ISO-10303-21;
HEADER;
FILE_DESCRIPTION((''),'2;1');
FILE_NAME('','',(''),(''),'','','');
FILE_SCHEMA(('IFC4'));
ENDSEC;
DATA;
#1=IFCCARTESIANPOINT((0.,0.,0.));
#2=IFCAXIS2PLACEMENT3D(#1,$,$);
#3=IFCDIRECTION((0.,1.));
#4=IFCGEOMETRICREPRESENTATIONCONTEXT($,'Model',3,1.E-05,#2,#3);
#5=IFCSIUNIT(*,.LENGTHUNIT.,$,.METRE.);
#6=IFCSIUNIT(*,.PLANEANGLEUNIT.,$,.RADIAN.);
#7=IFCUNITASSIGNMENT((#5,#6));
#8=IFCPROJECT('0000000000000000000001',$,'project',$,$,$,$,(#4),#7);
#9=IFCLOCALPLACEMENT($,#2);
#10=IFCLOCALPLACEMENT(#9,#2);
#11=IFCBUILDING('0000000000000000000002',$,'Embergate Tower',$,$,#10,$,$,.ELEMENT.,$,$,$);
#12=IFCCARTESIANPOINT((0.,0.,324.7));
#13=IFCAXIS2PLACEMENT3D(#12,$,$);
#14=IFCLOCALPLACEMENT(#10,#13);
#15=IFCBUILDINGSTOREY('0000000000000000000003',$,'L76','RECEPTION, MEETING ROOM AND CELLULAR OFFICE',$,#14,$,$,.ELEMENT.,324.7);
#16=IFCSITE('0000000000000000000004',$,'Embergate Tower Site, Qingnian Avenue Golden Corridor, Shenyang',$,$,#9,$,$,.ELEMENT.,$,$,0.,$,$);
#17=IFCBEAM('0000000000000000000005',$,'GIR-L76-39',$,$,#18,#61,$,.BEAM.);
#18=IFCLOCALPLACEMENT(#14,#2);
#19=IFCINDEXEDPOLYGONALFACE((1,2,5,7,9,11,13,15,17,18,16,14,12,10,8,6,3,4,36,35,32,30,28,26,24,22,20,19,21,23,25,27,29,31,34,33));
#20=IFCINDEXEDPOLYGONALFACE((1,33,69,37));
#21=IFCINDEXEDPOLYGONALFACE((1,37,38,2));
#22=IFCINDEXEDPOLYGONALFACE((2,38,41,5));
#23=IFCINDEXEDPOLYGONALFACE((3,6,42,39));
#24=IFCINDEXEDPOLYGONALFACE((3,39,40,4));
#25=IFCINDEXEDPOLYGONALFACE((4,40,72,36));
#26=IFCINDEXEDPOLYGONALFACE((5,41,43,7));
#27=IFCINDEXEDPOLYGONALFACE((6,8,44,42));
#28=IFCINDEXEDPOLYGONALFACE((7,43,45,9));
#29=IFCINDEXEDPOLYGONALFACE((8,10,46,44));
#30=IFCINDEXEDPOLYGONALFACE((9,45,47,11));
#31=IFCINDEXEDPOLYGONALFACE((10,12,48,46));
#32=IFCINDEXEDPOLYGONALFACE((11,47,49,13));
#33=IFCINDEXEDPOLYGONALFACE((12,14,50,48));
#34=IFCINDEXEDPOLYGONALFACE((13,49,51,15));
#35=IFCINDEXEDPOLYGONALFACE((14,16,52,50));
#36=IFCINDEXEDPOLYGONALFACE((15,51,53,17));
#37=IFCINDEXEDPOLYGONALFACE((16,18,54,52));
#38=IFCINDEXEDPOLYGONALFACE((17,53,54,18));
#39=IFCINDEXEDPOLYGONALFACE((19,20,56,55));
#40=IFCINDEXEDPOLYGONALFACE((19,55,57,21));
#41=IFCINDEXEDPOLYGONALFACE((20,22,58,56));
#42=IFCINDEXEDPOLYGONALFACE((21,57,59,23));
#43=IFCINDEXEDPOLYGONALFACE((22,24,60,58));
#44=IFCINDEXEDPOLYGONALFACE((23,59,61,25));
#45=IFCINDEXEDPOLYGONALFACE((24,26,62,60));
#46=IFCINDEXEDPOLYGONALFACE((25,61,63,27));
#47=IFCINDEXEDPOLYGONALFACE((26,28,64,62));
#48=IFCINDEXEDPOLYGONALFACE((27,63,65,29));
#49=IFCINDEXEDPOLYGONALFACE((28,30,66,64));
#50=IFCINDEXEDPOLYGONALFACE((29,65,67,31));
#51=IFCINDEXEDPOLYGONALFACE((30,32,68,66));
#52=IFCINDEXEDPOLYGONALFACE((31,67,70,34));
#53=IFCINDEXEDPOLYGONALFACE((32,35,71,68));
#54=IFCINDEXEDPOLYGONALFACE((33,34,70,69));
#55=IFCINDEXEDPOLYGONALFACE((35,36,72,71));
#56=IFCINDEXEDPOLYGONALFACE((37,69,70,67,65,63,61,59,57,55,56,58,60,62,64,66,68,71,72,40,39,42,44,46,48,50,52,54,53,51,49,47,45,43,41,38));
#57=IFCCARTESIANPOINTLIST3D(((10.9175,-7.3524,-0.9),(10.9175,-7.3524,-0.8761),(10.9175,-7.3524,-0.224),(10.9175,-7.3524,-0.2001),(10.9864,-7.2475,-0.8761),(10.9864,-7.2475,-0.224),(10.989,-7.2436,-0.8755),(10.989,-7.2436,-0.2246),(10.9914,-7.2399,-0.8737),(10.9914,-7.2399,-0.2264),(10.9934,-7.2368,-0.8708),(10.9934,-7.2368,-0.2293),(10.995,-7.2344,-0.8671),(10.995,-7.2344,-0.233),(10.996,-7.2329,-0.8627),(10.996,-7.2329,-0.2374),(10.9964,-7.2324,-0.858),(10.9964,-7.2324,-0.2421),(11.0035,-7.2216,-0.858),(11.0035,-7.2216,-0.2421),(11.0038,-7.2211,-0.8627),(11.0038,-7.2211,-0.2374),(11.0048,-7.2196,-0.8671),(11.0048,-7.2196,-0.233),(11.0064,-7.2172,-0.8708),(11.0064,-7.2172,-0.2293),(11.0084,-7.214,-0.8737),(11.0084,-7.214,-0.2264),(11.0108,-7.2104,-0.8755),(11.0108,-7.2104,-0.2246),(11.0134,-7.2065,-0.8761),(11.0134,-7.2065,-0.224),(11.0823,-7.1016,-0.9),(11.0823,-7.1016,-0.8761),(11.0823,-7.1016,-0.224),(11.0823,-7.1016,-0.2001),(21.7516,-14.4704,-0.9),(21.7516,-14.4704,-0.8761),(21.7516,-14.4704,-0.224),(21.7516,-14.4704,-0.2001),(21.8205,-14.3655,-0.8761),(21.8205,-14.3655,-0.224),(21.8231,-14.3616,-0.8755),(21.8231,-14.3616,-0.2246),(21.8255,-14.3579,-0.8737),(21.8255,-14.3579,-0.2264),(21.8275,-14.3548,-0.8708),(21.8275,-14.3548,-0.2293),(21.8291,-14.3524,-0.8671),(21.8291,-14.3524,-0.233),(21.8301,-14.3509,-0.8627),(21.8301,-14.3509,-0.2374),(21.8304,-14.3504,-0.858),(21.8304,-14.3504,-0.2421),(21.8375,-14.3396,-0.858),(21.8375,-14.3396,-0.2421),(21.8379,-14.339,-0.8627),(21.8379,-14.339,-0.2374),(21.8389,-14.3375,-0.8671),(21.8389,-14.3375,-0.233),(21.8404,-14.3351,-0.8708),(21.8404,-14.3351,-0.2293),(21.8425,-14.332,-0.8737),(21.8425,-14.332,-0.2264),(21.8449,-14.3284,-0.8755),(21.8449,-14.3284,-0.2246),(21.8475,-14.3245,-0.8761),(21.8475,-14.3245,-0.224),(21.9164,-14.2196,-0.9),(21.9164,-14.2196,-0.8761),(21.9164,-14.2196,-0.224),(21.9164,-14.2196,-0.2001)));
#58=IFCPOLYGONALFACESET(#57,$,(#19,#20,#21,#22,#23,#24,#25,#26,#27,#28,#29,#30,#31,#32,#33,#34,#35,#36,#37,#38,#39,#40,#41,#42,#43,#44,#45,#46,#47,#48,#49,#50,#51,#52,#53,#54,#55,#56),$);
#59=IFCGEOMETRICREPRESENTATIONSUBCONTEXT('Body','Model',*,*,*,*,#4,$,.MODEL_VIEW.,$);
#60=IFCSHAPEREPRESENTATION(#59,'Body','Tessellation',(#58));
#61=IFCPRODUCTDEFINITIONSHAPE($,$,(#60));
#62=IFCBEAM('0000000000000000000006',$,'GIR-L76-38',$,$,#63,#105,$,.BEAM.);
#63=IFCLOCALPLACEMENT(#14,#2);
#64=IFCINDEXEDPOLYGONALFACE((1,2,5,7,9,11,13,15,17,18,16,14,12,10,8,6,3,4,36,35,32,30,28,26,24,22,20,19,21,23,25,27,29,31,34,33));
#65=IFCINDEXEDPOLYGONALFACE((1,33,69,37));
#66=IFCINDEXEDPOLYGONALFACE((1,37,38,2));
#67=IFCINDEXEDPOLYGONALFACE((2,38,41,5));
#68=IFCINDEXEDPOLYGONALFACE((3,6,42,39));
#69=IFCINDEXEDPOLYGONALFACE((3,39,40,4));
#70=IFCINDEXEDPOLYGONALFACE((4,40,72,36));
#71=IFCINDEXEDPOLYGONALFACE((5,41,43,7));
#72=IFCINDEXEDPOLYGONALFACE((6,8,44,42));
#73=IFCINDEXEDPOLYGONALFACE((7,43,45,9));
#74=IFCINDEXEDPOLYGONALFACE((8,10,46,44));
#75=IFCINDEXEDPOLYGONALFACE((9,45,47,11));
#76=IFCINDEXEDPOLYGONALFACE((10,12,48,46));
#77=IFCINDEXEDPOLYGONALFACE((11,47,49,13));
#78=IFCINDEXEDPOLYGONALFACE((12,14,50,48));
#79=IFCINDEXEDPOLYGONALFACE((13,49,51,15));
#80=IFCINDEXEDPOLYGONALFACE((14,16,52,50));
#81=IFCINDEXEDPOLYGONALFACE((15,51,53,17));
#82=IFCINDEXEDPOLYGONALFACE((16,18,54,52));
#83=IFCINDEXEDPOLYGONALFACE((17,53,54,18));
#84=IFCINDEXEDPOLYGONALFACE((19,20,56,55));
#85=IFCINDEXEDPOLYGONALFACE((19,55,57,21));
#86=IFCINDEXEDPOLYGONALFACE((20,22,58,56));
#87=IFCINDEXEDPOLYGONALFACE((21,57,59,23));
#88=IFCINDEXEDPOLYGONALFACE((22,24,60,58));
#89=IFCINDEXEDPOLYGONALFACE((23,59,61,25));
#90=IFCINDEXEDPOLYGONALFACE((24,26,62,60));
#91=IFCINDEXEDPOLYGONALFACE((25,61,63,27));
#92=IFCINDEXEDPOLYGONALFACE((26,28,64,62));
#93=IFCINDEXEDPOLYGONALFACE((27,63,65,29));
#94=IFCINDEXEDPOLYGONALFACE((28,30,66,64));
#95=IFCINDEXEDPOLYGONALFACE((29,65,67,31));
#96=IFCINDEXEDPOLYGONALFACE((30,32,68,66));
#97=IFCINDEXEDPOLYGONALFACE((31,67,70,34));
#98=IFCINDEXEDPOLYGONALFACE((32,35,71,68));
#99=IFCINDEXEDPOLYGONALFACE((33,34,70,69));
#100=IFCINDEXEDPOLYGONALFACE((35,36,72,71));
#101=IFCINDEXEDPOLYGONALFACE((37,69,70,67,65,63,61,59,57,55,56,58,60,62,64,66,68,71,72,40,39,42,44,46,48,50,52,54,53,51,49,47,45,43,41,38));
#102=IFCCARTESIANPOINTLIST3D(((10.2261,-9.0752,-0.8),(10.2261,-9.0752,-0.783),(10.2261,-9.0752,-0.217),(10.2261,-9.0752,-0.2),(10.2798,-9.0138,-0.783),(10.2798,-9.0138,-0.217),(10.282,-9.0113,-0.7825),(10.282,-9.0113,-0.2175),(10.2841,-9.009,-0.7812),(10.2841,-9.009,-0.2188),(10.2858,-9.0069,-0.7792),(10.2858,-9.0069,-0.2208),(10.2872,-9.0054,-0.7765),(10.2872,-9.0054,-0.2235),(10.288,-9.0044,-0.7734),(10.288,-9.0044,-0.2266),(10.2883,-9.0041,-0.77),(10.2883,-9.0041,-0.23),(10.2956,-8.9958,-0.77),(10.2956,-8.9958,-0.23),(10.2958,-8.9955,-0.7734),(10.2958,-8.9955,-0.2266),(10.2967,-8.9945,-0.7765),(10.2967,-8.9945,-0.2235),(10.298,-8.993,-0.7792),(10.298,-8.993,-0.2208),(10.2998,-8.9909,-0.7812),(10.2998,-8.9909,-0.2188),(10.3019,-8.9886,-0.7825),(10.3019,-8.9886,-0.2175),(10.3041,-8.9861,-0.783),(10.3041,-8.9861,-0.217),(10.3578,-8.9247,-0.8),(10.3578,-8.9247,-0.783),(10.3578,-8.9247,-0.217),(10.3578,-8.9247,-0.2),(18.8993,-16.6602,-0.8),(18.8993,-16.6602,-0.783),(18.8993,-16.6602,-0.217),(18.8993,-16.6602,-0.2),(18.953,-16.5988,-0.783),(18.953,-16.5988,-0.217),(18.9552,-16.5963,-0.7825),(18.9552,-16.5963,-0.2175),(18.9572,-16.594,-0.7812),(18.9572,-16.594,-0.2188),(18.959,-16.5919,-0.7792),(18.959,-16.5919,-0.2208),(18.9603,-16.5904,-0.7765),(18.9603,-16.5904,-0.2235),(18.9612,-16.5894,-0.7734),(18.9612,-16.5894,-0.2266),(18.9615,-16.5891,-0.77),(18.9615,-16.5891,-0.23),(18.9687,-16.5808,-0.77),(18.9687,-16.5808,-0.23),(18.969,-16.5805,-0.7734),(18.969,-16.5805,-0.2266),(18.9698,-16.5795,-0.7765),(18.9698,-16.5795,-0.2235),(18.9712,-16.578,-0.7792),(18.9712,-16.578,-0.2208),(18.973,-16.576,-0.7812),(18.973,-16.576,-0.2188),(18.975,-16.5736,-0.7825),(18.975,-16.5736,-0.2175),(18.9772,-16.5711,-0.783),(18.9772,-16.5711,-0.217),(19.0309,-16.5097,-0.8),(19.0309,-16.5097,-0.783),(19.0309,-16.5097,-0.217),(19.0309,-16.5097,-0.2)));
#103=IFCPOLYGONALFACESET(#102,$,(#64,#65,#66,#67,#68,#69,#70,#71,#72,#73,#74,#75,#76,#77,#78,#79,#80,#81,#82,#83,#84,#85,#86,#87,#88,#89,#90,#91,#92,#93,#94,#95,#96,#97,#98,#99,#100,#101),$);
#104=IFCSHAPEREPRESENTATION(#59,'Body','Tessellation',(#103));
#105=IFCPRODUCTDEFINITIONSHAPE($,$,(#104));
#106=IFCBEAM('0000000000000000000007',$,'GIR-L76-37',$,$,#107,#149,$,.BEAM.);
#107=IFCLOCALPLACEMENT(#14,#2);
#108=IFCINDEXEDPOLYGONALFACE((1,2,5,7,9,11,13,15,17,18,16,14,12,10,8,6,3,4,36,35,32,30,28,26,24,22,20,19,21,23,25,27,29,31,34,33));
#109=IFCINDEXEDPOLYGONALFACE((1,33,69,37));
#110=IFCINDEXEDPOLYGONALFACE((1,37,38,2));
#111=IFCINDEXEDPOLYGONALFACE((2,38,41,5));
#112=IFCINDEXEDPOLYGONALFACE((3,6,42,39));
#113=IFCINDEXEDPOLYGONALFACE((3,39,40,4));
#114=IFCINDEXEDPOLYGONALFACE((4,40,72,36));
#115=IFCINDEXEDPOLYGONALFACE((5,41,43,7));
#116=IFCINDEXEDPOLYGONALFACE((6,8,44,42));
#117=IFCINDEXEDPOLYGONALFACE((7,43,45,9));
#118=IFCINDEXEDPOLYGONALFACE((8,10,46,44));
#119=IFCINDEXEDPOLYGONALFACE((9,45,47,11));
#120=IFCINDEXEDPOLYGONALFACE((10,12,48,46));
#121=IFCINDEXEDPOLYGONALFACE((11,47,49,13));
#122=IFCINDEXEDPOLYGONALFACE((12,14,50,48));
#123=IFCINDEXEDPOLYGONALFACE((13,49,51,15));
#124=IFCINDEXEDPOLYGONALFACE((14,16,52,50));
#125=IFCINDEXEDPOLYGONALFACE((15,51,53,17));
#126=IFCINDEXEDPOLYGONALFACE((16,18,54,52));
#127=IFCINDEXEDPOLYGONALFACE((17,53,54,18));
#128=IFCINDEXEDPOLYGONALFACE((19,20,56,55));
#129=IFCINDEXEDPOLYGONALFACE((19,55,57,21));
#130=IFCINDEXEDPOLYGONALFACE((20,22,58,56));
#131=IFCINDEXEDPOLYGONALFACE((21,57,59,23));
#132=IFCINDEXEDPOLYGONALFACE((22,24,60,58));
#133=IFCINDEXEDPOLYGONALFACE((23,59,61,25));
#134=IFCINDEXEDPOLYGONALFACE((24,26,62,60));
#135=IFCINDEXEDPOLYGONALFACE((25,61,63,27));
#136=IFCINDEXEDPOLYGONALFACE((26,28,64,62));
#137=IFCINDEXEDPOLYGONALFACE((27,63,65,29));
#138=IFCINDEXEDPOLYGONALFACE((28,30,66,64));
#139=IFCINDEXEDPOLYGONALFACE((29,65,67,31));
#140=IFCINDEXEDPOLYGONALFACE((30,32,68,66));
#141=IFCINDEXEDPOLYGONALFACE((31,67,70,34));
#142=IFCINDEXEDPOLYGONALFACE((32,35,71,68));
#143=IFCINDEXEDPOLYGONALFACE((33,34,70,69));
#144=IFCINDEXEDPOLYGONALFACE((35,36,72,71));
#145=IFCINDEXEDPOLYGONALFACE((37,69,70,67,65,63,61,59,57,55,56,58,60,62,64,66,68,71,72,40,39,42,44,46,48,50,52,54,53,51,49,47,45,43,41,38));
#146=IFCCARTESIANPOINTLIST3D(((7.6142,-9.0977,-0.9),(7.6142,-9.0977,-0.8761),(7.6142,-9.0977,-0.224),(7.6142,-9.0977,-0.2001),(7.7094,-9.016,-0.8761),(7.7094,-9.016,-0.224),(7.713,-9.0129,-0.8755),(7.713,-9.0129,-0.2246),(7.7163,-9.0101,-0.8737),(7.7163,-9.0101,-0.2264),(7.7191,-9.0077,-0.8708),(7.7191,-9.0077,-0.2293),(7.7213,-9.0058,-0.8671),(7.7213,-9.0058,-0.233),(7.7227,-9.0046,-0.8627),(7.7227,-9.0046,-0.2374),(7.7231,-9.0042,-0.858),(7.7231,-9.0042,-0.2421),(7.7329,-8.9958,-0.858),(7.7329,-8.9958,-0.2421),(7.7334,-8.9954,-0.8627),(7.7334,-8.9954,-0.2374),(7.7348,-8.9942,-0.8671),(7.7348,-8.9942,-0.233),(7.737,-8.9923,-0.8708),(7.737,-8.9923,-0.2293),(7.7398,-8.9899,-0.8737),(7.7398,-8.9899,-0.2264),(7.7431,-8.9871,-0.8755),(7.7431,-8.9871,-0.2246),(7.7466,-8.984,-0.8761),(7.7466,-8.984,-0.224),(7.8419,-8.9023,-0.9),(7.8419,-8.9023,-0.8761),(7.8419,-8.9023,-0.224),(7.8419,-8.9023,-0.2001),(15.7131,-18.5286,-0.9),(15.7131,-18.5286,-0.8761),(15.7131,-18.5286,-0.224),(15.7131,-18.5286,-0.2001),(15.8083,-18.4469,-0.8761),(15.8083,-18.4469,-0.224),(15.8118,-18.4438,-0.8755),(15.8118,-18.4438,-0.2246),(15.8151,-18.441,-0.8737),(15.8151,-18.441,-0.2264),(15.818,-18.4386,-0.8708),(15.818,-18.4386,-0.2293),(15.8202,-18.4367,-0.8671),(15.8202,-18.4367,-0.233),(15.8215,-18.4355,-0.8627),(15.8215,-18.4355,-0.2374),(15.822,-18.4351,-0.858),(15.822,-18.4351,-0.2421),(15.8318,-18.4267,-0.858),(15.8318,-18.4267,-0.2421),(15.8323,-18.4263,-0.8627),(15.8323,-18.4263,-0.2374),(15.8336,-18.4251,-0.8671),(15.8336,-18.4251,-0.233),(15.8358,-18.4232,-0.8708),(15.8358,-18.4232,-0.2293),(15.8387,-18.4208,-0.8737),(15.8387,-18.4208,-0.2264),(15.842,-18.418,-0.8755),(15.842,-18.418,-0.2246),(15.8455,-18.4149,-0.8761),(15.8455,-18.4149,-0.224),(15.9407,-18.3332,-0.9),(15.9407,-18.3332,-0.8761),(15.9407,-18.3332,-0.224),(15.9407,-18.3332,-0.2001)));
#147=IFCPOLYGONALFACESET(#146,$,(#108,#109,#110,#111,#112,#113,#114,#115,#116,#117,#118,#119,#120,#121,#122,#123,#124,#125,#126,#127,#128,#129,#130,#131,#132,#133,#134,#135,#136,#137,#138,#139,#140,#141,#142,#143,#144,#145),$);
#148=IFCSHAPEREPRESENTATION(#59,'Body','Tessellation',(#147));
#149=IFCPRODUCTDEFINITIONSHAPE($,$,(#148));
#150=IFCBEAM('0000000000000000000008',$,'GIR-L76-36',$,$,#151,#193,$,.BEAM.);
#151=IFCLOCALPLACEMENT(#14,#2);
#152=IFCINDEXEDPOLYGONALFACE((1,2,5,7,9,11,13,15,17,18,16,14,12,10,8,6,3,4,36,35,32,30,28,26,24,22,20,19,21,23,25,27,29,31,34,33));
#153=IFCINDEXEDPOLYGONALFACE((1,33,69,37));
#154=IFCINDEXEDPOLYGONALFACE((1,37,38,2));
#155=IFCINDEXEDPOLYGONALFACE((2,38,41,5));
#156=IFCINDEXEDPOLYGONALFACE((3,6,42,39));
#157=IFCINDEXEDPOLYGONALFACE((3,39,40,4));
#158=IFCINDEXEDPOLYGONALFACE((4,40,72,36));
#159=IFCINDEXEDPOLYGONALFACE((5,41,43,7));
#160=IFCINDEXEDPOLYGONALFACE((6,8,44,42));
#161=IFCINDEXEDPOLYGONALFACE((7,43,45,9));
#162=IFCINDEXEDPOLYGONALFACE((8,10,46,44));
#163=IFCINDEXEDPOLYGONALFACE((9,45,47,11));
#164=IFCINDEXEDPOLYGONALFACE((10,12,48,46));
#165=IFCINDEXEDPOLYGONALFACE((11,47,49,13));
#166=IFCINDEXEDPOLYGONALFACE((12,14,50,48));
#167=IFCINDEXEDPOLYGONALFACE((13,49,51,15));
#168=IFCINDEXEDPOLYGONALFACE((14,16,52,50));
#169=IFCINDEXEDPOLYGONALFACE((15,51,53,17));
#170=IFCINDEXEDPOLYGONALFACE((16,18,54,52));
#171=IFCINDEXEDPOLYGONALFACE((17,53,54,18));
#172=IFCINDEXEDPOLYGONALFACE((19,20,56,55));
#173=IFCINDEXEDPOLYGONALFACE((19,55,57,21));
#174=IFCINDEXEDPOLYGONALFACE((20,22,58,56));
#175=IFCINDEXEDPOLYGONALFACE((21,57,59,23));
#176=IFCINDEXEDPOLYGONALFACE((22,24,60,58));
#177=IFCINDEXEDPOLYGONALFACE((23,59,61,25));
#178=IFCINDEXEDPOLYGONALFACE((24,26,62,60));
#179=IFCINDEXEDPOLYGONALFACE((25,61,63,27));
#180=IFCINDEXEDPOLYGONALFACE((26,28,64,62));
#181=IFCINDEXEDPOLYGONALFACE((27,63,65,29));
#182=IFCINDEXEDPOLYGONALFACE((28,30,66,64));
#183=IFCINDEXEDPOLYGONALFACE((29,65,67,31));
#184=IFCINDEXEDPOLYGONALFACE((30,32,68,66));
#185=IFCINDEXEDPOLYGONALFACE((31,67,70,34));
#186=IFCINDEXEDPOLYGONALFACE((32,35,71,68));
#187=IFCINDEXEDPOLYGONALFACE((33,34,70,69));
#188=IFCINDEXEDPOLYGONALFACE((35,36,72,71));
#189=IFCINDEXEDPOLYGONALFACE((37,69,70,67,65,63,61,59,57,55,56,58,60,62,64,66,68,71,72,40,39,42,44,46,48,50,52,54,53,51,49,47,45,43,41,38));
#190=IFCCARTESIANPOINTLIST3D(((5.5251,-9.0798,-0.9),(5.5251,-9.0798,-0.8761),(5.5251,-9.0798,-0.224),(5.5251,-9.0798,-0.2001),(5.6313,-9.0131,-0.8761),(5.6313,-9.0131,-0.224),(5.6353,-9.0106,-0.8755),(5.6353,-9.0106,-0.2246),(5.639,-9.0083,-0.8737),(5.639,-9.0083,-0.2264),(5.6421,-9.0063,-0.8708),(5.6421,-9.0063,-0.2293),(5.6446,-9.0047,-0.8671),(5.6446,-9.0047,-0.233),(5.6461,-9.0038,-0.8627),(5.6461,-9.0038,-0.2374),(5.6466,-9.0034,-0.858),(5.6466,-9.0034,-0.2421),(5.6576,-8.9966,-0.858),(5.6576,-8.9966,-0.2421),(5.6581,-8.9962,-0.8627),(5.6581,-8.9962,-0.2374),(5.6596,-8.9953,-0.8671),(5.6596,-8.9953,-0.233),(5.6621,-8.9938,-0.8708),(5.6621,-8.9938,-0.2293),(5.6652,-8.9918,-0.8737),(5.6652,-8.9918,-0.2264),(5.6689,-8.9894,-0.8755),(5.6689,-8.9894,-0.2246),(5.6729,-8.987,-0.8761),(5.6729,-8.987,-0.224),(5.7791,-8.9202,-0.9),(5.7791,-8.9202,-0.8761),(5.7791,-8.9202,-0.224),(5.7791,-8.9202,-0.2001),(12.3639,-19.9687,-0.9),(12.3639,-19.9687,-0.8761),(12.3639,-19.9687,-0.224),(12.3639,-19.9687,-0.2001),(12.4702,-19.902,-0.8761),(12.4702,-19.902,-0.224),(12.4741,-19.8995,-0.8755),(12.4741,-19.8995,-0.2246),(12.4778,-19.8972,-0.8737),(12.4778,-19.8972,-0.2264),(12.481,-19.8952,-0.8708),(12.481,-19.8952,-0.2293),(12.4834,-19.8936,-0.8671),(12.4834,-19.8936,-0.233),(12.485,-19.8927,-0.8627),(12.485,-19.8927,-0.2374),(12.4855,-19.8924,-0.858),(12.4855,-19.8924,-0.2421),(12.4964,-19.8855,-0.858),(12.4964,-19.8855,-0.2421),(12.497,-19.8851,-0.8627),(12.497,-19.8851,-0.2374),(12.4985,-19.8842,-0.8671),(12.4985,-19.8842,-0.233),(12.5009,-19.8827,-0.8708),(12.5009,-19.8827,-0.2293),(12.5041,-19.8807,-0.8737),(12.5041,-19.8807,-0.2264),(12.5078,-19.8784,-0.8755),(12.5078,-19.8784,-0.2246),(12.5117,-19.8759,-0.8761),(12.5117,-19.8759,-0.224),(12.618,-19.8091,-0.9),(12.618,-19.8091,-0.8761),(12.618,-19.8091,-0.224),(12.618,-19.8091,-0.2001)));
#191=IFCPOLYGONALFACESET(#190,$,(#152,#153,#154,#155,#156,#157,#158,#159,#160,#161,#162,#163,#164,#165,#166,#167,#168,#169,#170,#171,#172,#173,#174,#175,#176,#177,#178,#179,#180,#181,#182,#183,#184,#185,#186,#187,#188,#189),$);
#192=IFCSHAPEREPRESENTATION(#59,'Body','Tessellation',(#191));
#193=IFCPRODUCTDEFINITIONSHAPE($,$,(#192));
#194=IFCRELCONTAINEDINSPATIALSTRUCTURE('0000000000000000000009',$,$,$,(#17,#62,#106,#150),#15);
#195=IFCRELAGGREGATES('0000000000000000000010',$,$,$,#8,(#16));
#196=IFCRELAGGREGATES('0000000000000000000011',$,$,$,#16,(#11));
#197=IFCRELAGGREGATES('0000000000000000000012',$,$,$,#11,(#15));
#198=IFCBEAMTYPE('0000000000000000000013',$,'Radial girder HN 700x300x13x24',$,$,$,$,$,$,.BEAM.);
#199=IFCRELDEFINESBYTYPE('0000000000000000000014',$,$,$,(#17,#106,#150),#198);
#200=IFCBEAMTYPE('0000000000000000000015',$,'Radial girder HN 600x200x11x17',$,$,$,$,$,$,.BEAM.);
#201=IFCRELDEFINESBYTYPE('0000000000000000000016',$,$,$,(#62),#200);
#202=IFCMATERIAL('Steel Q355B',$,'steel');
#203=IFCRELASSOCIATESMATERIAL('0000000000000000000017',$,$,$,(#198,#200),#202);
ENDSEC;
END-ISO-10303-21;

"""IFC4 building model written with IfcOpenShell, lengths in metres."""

from ifc_helpers import new_model, si_unit, direction, frame, origin, origin_2d, place, context, subcontext, project, spatial, i_section, extrude, source, transform, mapped, material, material_profile, profile_set, type_object, element, save


model = new_model("IFC4")

# Units and contexts
model_context = context("Model", 3, precision=1e-05, world=origin(), true_north=direction((0.0, 1.0)))
body_context = subcontext(model_context, "Body", "Model", "MODEL_VIEW")
ifc_project = project(units=[si_unit("LENGTHUNIT", "METRE"), si_unit("PLANEANGLEUNIT", "RADIAN")], contexts=[model_context])

# Site, building, storey
site_placement = place(None, origin())
site = spatial("IfcSite", under=ifc_project, at=site_placement, Name="Embergate Tower Site, Qingnian Avenue Golden Corridor, Shenyang", CompositionType="ELEMENT", RefElevation=0.0)
building_placement = place(site_placement, origin())
building = spatial("IfcBuilding", under=site, at=building_placement, Name="Embergate Tower", CompositionType="ELEMENT")
storey_placement = place(building_placement, frame((0.0, 0.0, 324.7)))
storey = spatial("IfcBuildingStorey", under=building, at=storey_placement, Name="L76", Description="RECEPTION, MEETING ROOM AND CELLULAR OFFICE", CompositionType="ELEMENT", Elevation=324.7)

# Beams
ifc_material_1 = material(Name="Steel Q355B", Category="steel")
ifc_material_profile_1 = material_profile(ifc_material_1, i_section(OverallWidth=0.3, OverallDepth=0.7, WebThickness=0.0129, FlangeThickness=0.0239, FilletRadius=0.0181, at=origin_2d()), Name="HN 700x300x13x24")
ifc_profile_set_1 = profile_set([ifc_material_profile_1], Name="Steel Q355 grade B")
beam_type_1 = type_object("IfcBeamType", Name="Radial girder HN 700x300x13x24", PredefinedType="BEAM", material=ifc_profile_set_1)
shared_shape_1 = source(origin(), body_context, "Body", "SweptSolid", [
    extrude(i_section(OverallWidth=0.3, OverallDepth=0.7, WebThickness=0.0129, FlangeThickness=0.0239, FilletRadius=0.0181, at=origin_2d()), origin(), (0.0, 0.0, 1.0), 12.9631),
])
beam_1_placement = place(storey_placement, frame((21.834, -14.345, -0.55), z_axis=(-0.835761, 0.549094, 0.0), x_axis=(-0.549094, -0.835761, 0.0)))
element("IfcBeam", 1, at=beam_1_placement, inside=storey, type_object=beam_type_1, Name="GIR-L76-39", PredefinedType="BEAM", context=body_context, shape_type="MappedRepresentation", body=[
    mapped(shared_shape_1, transform((0.0, 0.0, 0.0))),
])
ifc_material_profile_2 = material_profile(ifc_material_1, i_section(OverallWidth=0.2, OverallDepth=0.6001, WebThickness=0.011, FlangeThickness=0.0171, FilletRadius=0.0129, at=origin_2d()), Name="HN 600x200x11x17")
ifc_profile_set_2 = profile_set([ifc_material_profile_2], Name="Steel Q355 grade B")
beam_type_2 = type_object("IfcBeamType", Name="Radial girder HN 600x200x11x17", PredefinedType="BEAM", material=ifc_profile_set_2)
shared_shape_2 = source(origin(), body_context, "Body", "SweptSolid", [
    extrude(i_section(OverallWidth=0.2, OverallDepth=0.6001, WebThickness=0.011, FlangeThickness=0.0171, FilletRadius=0.0129, at=origin_2d()), origin(), (0.0, 0.0, 1.0), 11.522),
])
beam_2_placement = place(storey_placement, frame((18.9651, -16.585, -0.5), z_axis=(-0.752749, 0.658308, 0.0), x_axis=(-0.658308, -0.752749, 0.0)))
element("IfcBeam", 2, at=beam_2_placement, inside=storey, type_object=beam_type_2, Name="GIR-L76-38", PredefinedType="BEAM", context=body_context, shape_type="MappedRepresentation", body=[
    mapped(shared_shape_2, transform((0.0, 0.0, 0.0))),
])
shared_shape_3 = source(origin(), body_context, "Body", "SweptSolid", [
    extrude(i_section(OverallWidth=0.3, OverallDepth=0.7, WebThickness=0.0129, FlangeThickness=0.0239, FilletRadius=0.0181, at=origin_2d()), origin(), (0.0, 0.0, 1.0), 12.4312),
])
beam_3_placement = place(storey_placement, frame((15.8269, -18.4309, -0.55), z_axis=(-0.651498, 0.75865, 0.0), x_axis=(-0.75865, -0.651498, 0.0)))
element("IfcBeam", 3, at=beam_3_placement, inside=storey, type_object=beam_type_1, Name="GIR-L76-37", PredefinedType="BEAM", context=body_context, shape_type="MappedRepresentation", body=[
    mapped(shared_shape_3, transform((0.0, 0.0, 0.0))),
])
shared_shape_4 = source(origin(), body_context, "Body", "SweptSolid", [
    extrude(i_section(OverallWidth=0.3, OverallDepth=0.7, WebThickness=0.0129, FlangeThickness=0.0239, FilletRadius=0.0181, at=origin_2d()), origin(), (0.0, 0.0, 1.0), 12.8584),
])
beam_4_placement = place(storey_placement, frame((12.491, -19.8889, -0.55), z_axis=(-0.53186, 0.846833, 0.0), x_axis=(-0.846833, -0.53186, 0.0)))
element("IfcBeam", 4, at=beam_4_placement, inside=storey, type_object=beam_type_1, Name="GIR-L76-36", PredefinedType="BEAM", context=body_context, shape_type="MappedRepresentation", body=[
    mapped(shared_shape_4, transform((0.0, 0.0, 0.0))),
])

save(model, "model.ifc")
